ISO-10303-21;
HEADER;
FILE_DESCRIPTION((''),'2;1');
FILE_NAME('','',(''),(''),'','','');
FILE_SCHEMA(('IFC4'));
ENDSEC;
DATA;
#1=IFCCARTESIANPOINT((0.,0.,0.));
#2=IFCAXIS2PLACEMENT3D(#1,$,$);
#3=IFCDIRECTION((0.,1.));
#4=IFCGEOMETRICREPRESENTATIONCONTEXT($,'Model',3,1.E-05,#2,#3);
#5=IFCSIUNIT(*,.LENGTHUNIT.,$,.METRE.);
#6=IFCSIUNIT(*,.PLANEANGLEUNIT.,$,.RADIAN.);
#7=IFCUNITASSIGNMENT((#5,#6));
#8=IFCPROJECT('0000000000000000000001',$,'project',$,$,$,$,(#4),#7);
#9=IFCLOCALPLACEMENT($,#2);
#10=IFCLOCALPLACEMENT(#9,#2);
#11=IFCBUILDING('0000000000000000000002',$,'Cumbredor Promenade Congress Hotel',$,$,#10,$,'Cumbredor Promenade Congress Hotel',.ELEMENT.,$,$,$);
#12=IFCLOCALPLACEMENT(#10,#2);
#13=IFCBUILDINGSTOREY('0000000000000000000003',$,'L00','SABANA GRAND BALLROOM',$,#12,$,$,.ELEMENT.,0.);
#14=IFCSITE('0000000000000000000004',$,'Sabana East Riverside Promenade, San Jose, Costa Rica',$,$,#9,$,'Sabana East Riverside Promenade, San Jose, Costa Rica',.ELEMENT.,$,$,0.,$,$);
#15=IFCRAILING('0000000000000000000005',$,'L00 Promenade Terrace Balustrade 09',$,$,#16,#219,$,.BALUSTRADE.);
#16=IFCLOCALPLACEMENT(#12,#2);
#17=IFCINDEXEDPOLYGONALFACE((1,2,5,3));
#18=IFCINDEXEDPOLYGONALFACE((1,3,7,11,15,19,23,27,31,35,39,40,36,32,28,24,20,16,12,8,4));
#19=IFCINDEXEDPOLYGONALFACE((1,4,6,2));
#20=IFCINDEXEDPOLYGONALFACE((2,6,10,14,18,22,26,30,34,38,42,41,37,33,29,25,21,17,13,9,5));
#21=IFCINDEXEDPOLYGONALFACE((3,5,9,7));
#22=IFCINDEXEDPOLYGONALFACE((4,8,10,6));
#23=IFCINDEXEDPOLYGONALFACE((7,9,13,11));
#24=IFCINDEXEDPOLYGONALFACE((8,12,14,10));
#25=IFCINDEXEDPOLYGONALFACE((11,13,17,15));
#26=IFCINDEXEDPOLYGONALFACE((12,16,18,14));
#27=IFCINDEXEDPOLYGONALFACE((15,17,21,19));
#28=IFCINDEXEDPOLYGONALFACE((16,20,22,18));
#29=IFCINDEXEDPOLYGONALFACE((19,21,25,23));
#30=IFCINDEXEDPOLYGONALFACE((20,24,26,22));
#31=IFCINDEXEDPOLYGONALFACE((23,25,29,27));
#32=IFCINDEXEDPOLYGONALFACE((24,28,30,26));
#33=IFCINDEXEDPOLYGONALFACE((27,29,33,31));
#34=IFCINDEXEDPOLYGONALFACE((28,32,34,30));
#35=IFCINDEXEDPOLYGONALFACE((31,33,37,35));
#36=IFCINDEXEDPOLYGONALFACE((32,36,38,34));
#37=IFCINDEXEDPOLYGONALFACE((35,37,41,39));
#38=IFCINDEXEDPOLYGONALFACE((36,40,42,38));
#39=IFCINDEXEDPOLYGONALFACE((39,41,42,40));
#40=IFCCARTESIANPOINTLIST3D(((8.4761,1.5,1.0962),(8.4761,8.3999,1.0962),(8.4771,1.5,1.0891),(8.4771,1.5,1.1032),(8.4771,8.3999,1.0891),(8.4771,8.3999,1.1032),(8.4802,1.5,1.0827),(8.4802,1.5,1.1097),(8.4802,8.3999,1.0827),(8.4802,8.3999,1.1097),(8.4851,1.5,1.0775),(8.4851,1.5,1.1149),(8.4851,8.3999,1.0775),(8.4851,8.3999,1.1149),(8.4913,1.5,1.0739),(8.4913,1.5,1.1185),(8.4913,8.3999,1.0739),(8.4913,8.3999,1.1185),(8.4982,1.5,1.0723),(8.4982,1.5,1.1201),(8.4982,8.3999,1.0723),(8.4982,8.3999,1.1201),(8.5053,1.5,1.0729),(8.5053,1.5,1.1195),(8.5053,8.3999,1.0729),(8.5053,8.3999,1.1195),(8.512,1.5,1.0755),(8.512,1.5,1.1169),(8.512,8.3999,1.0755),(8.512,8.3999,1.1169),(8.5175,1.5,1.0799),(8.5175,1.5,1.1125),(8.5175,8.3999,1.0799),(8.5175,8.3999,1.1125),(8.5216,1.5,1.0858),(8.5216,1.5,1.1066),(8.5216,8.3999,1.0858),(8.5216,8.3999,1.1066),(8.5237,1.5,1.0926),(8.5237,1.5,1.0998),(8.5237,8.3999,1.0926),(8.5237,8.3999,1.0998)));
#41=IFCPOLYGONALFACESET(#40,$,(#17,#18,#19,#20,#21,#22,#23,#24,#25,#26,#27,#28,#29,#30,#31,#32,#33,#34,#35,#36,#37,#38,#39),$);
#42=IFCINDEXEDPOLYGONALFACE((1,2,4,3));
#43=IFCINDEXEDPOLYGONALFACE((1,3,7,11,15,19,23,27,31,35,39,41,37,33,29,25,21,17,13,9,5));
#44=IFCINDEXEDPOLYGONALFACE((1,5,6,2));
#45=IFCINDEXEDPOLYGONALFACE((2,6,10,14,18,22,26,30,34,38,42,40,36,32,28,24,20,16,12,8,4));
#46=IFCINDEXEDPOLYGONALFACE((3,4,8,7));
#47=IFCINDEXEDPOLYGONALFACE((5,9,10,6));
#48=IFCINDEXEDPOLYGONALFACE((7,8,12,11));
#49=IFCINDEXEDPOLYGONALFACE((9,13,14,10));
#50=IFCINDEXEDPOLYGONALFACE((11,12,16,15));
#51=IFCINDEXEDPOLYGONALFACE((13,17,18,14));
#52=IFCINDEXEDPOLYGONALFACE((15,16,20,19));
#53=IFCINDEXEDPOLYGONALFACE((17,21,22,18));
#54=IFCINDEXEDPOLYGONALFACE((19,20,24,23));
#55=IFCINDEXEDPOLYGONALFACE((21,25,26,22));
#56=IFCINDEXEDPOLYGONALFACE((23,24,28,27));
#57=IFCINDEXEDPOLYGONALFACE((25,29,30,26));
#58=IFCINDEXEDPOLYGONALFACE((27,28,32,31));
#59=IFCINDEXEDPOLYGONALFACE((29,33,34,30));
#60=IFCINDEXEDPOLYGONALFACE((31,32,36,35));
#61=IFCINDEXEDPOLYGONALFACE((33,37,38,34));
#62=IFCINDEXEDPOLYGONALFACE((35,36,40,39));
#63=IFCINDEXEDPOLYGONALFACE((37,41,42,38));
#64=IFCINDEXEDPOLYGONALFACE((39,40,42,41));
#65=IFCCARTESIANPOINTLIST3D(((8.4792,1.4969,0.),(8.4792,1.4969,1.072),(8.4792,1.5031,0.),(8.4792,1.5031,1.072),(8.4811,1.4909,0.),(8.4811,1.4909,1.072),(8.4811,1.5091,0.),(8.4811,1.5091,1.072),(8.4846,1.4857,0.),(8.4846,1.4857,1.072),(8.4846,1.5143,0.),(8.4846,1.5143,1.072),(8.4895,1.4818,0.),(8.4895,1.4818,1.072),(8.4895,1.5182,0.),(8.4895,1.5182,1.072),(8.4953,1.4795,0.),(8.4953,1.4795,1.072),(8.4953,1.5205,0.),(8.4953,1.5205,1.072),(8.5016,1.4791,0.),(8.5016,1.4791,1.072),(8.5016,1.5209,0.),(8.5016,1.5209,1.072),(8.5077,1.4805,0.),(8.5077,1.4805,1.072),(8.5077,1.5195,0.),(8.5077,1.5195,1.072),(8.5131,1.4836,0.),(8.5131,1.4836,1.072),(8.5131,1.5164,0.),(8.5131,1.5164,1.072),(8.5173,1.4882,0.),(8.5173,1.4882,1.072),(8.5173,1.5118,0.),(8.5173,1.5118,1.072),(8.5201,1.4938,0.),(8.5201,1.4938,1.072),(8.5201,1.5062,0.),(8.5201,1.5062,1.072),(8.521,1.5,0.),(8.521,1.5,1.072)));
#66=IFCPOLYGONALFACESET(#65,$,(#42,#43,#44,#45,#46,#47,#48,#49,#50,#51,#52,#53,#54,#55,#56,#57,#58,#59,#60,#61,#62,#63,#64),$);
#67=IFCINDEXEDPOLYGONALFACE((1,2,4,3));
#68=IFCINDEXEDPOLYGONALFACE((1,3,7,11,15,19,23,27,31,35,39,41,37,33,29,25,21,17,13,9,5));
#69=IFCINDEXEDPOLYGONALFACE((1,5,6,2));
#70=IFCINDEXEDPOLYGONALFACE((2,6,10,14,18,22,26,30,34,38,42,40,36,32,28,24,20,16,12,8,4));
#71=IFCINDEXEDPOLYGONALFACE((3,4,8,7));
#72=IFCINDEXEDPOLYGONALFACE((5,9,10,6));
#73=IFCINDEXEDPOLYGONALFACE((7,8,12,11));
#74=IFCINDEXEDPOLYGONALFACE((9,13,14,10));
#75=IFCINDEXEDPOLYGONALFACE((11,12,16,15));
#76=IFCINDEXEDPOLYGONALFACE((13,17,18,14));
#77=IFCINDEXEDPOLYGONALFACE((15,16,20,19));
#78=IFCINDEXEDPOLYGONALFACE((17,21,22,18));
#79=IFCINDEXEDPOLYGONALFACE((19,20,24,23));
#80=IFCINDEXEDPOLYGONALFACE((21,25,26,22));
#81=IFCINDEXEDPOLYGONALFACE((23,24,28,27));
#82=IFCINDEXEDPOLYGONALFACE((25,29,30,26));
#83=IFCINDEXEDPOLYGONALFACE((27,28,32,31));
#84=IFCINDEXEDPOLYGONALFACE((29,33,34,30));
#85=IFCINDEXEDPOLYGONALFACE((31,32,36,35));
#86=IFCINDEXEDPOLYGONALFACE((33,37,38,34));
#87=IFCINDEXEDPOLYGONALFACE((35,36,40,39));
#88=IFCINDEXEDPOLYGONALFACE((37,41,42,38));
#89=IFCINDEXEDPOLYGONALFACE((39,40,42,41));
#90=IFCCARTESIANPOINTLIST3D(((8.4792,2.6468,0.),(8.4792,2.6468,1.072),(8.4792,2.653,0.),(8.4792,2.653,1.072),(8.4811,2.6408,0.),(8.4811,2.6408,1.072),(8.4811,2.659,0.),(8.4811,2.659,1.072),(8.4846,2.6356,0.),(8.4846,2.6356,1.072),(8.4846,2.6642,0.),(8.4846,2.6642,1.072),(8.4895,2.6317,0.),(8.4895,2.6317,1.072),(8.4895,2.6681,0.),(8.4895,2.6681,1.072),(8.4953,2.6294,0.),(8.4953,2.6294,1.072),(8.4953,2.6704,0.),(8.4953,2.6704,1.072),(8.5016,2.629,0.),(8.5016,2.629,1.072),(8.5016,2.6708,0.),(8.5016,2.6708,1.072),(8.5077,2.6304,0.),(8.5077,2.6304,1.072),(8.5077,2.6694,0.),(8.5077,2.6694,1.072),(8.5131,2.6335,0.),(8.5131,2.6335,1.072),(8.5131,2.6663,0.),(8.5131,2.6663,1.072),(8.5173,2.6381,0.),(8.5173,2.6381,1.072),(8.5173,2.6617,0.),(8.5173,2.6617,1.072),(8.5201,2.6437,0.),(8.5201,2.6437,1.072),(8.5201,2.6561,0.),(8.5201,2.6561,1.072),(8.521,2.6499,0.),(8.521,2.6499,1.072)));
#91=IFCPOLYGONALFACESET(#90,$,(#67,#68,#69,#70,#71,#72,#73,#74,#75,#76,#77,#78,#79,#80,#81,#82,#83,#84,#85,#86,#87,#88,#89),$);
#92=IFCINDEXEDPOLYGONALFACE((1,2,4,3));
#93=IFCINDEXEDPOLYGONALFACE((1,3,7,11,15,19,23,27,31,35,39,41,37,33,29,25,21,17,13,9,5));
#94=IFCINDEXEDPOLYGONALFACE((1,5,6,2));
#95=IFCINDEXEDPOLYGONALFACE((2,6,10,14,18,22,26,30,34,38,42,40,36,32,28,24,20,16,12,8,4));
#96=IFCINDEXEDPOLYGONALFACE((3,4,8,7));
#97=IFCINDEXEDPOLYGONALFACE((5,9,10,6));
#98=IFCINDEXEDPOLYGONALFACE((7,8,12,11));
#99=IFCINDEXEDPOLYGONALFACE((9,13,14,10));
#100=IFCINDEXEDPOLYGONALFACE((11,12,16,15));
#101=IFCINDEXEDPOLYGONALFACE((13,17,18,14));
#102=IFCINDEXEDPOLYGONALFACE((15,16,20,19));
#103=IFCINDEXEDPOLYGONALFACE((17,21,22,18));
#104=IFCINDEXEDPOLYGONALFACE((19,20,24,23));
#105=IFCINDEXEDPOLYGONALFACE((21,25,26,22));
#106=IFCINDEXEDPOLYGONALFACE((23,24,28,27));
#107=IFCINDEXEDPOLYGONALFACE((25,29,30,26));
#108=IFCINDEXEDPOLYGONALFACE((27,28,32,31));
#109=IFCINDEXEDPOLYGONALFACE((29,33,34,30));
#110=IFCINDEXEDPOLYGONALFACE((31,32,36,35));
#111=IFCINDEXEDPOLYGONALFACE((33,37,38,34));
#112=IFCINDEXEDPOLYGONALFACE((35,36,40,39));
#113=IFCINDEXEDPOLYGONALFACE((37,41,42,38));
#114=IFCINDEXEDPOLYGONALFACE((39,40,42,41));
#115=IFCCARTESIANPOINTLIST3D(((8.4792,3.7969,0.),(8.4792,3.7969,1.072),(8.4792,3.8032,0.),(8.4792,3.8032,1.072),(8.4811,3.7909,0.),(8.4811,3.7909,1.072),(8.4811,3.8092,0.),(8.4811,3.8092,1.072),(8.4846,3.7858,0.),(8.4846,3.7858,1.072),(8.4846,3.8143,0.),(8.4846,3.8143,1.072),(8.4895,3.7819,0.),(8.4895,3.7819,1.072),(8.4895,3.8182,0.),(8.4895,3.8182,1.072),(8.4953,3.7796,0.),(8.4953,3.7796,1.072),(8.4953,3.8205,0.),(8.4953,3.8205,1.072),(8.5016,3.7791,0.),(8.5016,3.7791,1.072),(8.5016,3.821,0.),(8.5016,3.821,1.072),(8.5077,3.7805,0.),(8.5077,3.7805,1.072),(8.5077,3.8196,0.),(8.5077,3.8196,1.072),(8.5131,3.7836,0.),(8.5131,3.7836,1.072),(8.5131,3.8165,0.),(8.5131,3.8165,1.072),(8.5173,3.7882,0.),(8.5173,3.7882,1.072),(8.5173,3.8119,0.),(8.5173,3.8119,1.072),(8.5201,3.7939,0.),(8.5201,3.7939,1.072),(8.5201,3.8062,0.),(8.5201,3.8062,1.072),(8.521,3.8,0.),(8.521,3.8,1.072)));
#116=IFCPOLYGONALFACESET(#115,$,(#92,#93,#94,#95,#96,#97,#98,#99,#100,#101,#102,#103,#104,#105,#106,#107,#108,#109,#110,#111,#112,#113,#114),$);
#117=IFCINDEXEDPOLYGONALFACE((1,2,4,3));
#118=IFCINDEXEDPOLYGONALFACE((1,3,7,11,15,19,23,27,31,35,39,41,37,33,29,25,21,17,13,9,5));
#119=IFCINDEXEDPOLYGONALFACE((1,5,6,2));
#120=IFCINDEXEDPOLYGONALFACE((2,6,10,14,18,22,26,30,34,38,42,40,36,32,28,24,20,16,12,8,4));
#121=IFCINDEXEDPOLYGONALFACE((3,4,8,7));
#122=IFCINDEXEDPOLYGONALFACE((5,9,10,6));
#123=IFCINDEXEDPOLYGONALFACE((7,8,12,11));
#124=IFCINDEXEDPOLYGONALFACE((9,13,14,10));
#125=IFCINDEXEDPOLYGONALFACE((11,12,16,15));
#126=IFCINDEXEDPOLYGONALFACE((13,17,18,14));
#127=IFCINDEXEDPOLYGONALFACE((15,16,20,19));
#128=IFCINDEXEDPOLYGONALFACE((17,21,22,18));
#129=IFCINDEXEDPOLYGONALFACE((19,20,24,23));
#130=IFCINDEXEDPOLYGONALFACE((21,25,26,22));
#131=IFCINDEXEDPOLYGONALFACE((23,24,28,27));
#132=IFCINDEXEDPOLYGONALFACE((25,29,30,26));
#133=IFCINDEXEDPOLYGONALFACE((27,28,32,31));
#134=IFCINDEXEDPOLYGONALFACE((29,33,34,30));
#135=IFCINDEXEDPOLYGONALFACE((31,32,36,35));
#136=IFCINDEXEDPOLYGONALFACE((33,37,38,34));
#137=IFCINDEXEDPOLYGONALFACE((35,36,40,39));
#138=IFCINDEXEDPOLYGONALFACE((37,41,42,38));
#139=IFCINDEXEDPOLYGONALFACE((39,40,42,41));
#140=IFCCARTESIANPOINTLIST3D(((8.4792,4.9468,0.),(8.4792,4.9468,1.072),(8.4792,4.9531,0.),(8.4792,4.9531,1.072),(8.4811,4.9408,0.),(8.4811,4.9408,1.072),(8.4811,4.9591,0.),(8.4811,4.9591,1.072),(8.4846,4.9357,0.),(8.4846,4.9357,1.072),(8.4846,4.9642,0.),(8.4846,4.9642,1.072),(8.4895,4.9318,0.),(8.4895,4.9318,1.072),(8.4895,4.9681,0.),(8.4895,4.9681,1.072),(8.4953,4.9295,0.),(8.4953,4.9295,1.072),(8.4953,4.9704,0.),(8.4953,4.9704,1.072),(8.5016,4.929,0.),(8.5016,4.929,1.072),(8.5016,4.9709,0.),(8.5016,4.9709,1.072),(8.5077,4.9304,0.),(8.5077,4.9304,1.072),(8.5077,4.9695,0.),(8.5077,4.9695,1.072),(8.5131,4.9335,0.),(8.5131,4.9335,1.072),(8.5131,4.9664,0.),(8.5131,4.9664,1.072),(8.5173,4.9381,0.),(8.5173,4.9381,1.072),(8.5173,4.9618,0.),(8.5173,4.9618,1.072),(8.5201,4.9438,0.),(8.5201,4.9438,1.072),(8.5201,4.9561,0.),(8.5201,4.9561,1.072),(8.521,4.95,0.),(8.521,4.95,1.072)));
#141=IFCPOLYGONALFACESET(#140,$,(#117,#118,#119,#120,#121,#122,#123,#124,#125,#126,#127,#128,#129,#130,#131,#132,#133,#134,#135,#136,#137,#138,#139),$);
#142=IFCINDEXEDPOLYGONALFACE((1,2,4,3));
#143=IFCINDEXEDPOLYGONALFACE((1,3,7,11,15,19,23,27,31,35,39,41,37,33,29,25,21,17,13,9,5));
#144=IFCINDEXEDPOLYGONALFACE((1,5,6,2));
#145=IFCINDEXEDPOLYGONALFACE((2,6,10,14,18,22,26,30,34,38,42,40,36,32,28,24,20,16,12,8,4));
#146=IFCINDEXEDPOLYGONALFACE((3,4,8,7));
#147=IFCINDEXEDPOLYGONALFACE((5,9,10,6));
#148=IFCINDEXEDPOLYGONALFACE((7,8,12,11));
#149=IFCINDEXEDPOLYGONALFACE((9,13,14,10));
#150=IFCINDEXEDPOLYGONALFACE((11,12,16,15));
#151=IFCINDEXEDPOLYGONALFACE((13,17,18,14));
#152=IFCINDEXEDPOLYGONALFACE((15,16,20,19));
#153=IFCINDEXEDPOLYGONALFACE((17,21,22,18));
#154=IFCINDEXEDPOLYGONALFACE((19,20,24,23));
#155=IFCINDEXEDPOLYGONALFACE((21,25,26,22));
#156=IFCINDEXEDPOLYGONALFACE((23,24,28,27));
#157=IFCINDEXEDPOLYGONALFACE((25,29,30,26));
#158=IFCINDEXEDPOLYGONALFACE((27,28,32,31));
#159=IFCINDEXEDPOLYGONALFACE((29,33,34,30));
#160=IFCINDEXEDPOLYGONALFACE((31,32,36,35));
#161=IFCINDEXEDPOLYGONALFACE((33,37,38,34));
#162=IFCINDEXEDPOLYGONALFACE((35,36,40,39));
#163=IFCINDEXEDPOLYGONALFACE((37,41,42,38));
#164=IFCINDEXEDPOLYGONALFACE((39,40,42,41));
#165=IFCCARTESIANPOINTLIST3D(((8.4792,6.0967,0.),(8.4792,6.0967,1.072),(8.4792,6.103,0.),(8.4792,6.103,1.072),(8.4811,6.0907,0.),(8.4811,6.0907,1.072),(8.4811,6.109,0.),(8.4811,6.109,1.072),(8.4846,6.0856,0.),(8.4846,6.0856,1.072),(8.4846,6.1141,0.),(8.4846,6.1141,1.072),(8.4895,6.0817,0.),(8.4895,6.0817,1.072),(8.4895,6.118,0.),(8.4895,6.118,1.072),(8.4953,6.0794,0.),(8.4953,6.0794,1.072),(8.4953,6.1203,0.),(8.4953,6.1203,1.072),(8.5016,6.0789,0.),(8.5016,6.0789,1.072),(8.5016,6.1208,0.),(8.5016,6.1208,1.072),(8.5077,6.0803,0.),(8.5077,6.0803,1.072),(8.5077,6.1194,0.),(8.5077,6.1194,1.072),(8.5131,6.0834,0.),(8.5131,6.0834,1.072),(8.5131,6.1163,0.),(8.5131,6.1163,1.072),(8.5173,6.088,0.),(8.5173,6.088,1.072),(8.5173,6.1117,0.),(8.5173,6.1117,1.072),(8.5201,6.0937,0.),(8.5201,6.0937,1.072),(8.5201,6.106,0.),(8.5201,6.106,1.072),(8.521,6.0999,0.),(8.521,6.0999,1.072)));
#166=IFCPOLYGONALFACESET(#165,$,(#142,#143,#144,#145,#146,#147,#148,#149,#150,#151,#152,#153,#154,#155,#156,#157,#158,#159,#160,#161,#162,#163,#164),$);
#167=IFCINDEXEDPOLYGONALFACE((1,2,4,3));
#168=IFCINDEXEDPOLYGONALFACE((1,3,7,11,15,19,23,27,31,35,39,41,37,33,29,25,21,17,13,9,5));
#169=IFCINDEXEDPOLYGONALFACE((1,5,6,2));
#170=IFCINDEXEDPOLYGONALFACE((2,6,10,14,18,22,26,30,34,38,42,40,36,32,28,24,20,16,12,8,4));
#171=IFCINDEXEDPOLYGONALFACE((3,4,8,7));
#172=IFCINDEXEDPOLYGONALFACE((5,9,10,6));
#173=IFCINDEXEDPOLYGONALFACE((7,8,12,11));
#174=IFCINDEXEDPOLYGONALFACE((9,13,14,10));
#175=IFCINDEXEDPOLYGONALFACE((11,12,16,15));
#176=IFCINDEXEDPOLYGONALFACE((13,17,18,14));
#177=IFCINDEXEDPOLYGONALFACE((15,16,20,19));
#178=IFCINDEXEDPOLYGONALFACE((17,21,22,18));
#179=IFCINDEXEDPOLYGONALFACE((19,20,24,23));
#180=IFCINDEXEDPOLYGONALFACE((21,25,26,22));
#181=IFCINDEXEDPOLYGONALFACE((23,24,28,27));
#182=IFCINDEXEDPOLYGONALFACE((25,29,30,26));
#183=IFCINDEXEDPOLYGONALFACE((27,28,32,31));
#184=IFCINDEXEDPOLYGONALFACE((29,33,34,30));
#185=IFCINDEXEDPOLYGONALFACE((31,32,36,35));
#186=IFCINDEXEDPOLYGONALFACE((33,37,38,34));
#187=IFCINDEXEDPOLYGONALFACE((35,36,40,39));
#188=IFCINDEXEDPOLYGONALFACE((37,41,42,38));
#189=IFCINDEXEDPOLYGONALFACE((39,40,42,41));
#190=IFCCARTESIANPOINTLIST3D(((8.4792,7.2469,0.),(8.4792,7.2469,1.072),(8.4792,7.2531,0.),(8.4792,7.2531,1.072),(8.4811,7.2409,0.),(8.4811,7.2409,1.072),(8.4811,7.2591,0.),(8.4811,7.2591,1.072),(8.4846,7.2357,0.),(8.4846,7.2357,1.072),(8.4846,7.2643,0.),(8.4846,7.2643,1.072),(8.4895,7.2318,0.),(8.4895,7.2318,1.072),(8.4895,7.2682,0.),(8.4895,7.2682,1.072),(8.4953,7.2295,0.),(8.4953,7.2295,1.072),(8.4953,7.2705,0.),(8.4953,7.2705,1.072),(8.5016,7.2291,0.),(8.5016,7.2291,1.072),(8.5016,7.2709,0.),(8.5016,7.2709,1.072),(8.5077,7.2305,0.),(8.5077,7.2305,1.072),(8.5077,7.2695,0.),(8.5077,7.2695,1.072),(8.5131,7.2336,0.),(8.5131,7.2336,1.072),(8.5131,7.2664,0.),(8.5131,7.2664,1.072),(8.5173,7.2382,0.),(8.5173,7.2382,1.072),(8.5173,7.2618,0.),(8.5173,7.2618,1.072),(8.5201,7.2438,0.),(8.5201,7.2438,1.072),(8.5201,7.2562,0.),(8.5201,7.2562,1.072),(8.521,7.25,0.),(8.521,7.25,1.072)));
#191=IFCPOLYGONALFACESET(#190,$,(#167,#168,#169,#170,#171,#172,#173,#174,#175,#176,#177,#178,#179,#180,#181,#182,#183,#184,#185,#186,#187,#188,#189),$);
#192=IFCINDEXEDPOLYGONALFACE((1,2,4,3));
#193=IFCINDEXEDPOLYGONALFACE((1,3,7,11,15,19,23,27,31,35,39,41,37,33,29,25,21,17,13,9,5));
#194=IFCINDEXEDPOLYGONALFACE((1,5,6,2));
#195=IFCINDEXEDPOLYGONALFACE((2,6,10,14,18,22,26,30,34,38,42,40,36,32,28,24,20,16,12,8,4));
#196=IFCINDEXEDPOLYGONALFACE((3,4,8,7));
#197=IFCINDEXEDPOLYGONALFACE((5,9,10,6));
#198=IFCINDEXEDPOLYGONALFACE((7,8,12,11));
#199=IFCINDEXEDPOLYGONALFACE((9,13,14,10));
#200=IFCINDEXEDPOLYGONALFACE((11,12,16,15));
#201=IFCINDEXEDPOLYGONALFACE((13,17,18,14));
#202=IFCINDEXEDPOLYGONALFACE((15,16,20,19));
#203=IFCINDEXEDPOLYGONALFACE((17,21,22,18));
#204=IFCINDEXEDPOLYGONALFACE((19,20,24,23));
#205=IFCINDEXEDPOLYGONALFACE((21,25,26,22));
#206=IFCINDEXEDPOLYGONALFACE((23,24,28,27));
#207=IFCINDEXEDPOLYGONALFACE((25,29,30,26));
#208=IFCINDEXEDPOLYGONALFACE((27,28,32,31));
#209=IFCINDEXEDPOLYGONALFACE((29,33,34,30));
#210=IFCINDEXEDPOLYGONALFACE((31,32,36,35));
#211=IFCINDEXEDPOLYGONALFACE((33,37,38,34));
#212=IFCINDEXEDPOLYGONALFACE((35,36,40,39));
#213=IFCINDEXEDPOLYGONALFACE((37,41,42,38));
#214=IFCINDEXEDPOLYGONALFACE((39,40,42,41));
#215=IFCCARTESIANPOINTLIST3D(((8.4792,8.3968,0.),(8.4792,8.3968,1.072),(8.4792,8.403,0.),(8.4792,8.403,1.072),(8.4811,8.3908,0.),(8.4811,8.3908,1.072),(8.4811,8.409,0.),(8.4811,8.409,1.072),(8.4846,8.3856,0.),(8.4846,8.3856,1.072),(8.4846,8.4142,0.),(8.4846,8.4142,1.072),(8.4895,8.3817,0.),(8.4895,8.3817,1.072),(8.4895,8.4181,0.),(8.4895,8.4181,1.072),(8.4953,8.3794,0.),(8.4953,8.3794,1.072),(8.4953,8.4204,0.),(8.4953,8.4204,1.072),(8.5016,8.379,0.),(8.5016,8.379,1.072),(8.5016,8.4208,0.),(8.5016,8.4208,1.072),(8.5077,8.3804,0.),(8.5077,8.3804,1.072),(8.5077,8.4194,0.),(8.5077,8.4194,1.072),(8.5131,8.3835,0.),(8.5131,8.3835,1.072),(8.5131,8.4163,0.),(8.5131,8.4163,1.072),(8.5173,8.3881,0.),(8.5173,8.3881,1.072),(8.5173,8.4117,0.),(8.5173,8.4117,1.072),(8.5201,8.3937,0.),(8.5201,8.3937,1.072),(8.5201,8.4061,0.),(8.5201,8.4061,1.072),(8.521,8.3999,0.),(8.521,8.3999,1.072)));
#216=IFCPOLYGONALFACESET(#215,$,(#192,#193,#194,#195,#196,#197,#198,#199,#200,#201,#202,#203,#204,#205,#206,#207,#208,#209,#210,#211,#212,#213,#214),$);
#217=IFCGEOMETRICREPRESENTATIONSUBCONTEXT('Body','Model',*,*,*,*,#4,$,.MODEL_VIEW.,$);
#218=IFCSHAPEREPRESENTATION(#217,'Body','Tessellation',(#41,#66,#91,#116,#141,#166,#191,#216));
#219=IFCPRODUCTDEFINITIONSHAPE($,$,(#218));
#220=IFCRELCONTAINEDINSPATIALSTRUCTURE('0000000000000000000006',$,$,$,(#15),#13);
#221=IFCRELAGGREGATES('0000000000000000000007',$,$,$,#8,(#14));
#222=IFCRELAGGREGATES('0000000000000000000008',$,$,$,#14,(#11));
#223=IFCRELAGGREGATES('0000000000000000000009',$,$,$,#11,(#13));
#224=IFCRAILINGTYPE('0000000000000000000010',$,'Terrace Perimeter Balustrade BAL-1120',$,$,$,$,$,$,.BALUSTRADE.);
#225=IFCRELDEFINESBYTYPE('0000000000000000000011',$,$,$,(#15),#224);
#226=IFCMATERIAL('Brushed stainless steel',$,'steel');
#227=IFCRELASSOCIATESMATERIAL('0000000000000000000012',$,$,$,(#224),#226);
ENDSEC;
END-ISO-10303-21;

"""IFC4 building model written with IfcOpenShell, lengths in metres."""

from ifc_helpers import new_model, si_unit, direction, frame, origin, origin_2d, place, context, subcontext, project, spatial, circle, extrude, material, type_object, element, save


model = new_model("IFC4")

# Units and contexts
model_context = context("Model", 3, precision=1e-05, world=origin(), true_north=direction((0.0, 1.0)))
body_context = subcontext(model_context, "Body", "Model", "MODEL_VIEW")
ifc_project = project(units=[si_unit("LENGTHUNIT", "METRE"), si_unit("PLANEANGLEUNIT", "RADIAN")], contexts=[model_context])

# Site, building, storey
site_placement = place(None, origin())
site = spatial("IfcSite", under=ifc_project, at=site_placement, Name="Sabana East Riverside Promenade, San Jose, Costa Rica", LongName="Sabana East Riverside Promenade, San Jose, Costa Rica", CompositionType="ELEMENT", RefElevation=0.0)
building_placement = place(site_placement, origin())
building = spatial("IfcBuilding", under=site, at=building_placement, Name="Cumbredor Promenade Congress Hotel", LongName="Cumbredor Promenade Congress Hotel", CompositionType="ELEMENT")
storey_placement = place(building_placement, origin())
storey = spatial("IfcBuildingStorey", under=building, at=storey_placement, Name="L00", Description="SABANA GRAND BALLROOM", CompositionType="ELEMENT", Elevation=0.0)

# Railing
ifc_material_1 = material(Name="Brushed stainless steel", Category="steel")
railing_type = type_object("IfcRailingType", Name="Terrace Perimeter Balustrade BAL-1120", PredefinedType="BALUSTRADE", material=ifc_material_1)
railing_1_placement = place(storey_placement, frame((8.5, 1.5, 0.0)))
element("IfcRailing", 1, at=railing_1_placement, inside=storey, type_object=railing_type, Name="L00 Promenade Terrace Balustrade 09", PredefinedType="BALUSTRADE", context=body_context, shape_type="SweptSolid", body=[
    extrude(circle(Radius=0.0239, at=origin_2d()), frame((0.0, 0.0, 1.0962), z_axis=(0.0, 1.0, 0.0), x_axis=(-1.0, 0.0, 0.0)), (0.0, 0.0, 1.0), 6.8999),
    extrude(circle(Radius=0.021, at=origin_2d()), origin(), (0.0, 0.0, 1.0), 1.072),
    extrude(circle(Radius=0.021, at=origin_2d()), frame((0.0, 1.1499, 0.0)), (0.0, 0.0, 1.0), 1.072),
    extrude(circle(Radius=0.021, at=origin_2d()), frame((0.0, 2.3, 0.0)), (0.0, 0.0, 1.0), 1.072),
    extrude(circle(Radius=0.021, at=origin_2d()), frame((0.0, 3.45, 0.0)), (0.0, 0.0, 1.0), 1.072),
    extrude(circle(Radius=0.021, at=origin_2d()), frame((0.0, 4.5999, 0.0)), (0.0, 0.0, 1.0), 1.072),
    extrude(circle(Radius=0.021, at=origin_2d()), frame((0.0, 5.75, 0.0)), (0.0, 0.0, 1.0), 1.072),
    extrude(circle(Radius=0.021, at=origin_2d()), frame((0.0, 6.8999, 0.0)), (0.0, 0.0, 1.0), 1.072),
])

save(model, "model.ifc")
